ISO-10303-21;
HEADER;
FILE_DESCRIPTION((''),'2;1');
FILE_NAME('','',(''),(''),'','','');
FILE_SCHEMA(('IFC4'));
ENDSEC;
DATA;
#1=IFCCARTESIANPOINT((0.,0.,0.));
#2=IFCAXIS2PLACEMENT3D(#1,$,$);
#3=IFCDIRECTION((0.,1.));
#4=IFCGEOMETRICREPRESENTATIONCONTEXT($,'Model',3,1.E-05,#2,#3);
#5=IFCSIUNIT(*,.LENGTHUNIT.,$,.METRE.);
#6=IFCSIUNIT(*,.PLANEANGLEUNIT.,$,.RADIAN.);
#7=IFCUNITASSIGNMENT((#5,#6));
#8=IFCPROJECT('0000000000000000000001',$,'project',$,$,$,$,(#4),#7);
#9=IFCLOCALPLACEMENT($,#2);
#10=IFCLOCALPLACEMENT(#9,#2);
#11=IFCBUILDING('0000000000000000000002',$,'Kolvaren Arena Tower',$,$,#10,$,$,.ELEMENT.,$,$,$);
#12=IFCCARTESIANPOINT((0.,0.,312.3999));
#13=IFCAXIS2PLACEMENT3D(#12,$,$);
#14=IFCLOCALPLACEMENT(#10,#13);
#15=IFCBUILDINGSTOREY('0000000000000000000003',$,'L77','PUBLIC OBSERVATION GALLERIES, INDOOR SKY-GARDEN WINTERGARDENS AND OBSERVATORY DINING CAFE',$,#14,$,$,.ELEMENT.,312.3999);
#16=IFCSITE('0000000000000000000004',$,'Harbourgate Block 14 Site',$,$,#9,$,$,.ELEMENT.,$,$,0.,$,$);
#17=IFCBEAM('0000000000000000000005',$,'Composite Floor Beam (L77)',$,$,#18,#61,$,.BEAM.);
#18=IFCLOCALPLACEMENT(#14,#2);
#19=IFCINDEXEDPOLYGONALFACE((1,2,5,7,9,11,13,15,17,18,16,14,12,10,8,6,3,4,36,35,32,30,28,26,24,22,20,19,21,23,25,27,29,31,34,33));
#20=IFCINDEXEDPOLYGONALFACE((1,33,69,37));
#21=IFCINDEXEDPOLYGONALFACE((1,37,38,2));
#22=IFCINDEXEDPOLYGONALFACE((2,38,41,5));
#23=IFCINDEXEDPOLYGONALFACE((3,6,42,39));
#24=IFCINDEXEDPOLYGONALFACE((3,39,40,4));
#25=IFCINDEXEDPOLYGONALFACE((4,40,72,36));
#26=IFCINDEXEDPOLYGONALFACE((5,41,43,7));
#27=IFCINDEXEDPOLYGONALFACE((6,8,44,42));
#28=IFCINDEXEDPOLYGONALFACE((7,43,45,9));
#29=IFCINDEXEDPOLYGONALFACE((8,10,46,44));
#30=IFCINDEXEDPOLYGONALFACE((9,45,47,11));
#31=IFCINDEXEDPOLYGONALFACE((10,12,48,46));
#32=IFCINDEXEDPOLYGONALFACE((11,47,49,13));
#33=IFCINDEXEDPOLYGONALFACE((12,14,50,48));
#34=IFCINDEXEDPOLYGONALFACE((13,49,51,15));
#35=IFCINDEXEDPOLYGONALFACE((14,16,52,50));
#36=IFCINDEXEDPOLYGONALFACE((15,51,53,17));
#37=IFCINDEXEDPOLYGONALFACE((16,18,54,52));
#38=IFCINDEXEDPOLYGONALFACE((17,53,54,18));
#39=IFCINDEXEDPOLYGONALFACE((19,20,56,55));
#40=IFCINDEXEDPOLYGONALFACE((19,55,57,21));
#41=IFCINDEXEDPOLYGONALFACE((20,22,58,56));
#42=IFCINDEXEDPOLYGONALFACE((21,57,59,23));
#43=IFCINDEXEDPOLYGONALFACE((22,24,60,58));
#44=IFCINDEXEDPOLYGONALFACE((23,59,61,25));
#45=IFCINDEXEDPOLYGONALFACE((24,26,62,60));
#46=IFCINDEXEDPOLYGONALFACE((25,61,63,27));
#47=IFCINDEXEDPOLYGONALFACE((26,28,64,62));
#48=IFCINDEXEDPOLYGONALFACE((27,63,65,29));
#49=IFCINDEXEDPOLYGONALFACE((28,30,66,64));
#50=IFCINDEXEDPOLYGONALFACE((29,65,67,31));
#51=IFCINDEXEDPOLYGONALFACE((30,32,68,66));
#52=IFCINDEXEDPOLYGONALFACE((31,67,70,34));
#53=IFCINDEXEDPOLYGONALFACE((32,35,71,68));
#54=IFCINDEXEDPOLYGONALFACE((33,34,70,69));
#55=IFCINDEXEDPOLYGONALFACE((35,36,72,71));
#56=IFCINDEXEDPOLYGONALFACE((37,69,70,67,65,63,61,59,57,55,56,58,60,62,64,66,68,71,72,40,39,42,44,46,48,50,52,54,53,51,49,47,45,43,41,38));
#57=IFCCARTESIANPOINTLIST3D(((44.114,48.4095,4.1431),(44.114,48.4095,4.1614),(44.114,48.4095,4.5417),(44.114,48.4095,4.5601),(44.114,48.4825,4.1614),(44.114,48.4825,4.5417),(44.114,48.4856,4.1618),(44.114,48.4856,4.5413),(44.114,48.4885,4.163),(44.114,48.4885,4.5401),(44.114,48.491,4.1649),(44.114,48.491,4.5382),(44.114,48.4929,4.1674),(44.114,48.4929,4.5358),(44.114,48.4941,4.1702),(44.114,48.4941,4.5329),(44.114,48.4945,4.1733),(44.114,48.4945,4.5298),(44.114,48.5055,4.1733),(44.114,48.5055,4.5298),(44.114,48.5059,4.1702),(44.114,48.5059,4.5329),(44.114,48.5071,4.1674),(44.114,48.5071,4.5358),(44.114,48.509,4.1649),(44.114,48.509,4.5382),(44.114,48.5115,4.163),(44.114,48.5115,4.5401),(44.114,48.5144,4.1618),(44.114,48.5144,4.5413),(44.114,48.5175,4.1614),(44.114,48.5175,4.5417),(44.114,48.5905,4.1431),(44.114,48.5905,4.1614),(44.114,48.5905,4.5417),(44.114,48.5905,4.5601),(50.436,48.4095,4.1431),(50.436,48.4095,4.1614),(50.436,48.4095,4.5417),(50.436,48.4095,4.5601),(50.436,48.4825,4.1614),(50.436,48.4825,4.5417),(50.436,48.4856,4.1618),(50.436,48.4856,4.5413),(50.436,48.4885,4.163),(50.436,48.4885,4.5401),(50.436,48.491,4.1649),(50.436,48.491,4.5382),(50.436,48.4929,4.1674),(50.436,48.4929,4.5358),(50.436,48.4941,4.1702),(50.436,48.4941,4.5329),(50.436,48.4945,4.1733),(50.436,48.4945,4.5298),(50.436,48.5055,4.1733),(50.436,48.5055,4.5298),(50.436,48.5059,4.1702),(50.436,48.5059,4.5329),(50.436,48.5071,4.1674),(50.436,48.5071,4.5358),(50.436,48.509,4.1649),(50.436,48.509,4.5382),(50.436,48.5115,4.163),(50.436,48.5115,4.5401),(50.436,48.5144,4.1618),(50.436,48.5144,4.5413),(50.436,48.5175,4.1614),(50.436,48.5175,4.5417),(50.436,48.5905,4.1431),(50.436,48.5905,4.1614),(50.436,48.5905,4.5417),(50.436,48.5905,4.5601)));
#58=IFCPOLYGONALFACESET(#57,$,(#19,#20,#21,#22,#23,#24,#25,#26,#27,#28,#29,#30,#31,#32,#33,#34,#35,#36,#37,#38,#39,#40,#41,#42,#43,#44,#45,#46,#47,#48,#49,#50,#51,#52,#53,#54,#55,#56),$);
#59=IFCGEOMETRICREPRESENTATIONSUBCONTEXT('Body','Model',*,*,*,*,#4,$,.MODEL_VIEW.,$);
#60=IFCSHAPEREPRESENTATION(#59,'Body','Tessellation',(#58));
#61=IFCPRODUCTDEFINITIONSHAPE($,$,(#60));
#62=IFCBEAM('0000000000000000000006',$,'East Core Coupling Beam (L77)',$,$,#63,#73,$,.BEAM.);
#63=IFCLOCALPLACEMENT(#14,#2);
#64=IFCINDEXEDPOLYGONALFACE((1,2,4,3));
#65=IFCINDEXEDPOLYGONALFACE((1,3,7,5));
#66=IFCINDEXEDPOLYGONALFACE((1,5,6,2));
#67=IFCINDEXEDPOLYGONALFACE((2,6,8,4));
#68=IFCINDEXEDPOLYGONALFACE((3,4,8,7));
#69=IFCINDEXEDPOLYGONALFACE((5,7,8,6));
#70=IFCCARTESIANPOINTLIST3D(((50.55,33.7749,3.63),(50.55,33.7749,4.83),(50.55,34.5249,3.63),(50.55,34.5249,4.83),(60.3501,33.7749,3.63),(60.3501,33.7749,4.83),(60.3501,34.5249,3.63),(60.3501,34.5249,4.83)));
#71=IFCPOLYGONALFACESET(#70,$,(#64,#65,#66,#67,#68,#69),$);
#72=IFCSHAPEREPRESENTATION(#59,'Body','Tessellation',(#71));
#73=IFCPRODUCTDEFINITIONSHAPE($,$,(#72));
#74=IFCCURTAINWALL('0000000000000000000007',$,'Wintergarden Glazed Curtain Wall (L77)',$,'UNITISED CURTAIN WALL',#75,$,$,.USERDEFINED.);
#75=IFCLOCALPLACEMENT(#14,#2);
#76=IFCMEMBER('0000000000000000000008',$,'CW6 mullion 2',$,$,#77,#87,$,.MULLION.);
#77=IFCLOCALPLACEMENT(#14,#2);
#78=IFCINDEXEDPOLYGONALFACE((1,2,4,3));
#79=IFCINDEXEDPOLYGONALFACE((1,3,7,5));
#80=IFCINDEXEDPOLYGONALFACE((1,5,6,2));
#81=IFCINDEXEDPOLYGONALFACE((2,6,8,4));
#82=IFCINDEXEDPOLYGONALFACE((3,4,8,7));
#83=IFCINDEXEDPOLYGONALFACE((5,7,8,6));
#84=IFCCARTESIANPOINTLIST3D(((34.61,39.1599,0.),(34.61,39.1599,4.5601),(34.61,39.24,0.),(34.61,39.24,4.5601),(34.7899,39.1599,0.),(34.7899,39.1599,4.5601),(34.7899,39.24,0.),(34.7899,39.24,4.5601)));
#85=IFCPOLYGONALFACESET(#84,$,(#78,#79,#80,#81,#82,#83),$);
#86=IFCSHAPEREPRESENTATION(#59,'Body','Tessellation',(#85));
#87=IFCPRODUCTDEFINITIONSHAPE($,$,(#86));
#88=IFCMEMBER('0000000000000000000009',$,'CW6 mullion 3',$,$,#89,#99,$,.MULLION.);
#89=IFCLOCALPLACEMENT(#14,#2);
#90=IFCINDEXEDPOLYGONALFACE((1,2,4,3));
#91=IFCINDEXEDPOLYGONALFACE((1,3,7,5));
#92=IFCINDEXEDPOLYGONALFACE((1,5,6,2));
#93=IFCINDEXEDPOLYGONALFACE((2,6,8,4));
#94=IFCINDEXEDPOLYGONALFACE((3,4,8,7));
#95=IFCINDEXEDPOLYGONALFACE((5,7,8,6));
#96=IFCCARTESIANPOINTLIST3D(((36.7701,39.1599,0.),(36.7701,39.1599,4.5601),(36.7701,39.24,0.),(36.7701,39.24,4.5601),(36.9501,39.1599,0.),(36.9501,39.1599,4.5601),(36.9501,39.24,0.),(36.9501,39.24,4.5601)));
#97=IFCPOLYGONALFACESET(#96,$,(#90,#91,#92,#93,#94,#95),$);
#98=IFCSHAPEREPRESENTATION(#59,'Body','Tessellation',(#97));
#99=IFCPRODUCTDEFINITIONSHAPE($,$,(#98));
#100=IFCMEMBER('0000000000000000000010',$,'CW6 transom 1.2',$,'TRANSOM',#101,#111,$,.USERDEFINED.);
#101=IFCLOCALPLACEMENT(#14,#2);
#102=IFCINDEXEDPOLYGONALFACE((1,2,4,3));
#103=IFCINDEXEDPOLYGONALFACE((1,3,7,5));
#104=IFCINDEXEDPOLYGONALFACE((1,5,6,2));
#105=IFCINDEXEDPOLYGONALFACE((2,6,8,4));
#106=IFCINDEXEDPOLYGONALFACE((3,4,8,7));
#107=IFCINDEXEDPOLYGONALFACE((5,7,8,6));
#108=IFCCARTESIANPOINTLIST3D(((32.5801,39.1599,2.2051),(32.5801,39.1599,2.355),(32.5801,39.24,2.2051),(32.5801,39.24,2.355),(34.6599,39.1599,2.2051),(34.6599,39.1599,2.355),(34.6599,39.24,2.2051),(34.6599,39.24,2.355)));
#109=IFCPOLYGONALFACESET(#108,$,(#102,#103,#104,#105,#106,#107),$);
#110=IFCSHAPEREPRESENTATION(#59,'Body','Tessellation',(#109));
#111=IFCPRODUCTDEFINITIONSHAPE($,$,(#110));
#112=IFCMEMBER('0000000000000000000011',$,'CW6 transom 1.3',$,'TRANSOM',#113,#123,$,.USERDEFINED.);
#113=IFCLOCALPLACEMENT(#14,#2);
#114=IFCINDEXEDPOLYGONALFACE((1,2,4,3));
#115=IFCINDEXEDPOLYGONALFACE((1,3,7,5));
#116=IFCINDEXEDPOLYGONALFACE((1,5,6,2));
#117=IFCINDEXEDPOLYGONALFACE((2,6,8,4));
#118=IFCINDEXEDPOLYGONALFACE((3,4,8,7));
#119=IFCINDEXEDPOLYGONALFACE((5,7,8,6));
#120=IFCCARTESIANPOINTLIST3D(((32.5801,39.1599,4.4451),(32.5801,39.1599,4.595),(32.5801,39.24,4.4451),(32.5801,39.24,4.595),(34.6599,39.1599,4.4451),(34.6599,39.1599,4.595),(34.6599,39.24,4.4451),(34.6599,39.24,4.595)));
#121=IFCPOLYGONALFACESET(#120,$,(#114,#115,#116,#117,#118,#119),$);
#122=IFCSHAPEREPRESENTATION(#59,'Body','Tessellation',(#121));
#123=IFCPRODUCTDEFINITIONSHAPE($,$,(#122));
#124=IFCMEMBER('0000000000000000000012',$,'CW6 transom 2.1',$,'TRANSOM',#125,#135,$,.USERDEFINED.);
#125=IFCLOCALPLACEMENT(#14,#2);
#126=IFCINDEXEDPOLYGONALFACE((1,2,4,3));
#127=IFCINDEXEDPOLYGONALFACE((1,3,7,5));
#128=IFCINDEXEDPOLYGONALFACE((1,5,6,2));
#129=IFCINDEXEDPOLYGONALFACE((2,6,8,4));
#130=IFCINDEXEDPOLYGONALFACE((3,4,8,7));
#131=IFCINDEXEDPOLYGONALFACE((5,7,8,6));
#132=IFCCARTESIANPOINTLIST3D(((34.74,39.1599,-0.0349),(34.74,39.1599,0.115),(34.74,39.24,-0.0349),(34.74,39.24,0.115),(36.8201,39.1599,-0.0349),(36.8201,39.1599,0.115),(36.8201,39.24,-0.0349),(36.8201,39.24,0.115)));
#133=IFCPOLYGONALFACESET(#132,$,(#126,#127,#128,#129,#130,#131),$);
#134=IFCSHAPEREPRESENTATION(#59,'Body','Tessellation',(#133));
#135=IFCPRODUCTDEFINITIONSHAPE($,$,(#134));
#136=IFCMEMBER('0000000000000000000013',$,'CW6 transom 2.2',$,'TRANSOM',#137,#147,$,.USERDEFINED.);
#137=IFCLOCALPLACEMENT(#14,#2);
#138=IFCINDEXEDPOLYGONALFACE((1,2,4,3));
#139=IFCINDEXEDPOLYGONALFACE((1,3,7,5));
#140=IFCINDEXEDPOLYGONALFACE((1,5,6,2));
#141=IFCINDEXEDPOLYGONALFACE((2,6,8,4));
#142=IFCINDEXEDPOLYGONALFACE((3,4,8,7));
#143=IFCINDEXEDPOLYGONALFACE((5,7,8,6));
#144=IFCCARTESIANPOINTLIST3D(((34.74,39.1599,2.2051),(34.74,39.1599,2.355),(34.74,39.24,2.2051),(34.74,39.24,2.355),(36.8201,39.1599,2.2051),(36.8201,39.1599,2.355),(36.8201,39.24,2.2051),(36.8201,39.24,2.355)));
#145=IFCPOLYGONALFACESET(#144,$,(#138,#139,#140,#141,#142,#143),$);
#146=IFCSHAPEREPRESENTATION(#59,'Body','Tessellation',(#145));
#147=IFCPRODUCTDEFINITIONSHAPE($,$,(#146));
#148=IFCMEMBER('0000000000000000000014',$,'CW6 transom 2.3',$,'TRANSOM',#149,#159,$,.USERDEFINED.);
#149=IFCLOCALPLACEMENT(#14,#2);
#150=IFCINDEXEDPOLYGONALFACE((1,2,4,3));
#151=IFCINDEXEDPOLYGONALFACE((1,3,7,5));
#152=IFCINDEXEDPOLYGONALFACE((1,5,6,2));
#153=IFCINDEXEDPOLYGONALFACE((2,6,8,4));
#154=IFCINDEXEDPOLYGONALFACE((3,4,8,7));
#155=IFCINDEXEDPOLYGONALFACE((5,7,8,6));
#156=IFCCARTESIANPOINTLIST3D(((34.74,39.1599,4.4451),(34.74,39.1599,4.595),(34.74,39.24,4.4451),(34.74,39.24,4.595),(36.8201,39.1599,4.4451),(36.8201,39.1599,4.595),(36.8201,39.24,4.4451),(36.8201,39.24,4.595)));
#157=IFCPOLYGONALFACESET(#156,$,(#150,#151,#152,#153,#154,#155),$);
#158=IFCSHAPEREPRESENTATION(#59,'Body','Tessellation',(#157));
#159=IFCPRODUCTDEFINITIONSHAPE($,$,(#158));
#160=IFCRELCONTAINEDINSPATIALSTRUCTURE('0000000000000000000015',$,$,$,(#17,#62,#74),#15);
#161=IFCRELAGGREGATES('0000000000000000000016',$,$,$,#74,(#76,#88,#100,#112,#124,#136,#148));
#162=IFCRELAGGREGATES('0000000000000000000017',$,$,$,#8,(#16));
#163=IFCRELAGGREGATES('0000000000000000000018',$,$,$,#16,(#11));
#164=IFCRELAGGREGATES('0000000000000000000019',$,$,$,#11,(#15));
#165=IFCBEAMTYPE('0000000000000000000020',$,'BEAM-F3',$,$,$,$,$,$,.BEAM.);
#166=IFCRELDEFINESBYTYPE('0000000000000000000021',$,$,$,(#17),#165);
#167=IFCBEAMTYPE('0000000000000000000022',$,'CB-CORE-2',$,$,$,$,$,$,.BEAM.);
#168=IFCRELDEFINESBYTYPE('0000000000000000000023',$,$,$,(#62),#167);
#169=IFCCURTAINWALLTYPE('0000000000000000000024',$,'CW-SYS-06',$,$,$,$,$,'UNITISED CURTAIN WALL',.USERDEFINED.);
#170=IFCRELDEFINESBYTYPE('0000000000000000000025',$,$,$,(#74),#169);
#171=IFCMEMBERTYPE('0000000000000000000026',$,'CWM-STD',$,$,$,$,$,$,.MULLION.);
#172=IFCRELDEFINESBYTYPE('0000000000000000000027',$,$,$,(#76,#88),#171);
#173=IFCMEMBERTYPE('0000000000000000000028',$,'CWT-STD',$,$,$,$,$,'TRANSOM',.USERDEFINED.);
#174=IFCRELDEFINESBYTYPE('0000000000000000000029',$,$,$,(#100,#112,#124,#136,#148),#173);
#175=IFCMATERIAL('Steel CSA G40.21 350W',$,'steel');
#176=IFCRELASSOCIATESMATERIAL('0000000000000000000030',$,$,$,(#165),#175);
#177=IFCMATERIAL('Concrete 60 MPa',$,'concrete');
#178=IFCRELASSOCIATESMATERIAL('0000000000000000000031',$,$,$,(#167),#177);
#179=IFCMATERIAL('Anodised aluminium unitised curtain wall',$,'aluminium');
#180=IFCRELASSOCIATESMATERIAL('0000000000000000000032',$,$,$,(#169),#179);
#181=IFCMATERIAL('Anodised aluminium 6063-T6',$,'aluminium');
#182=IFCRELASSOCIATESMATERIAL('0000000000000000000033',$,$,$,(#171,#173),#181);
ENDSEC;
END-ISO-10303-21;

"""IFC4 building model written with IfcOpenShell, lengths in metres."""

from ifc_helpers import new_model, si_unit, direction, frame, origin, origin_2d, place, context, subcontext, project, spatial, rectangle, i_section, extrude, material, material_profile, profile_set, type_object, element, aggregate, save


model = new_model("IFC4")

# Units and contexts
model_context = context("Model", 3, precision=1e-05, world=origin(), true_north=direction((0.0, 1.0)))
body_context = subcontext(model_context, "Body", "Model", "MODEL_VIEW")
ifc_project = project(units=[si_unit("LENGTHUNIT", "METRE"), si_unit("PLANEANGLEUNIT", "RADIAN")], contexts=[model_context])

# Site, building, storey
site_placement = place(None, origin())
site = spatial("IfcSite", under=ifc_project, at=site_placement, Name="Harbourgate Block 14 Site", CompositionType="ELEMENT", RefElevation=0.0)
building_placement = place(site_placement, origin())
building = spatial("IfcBuilding", under=site, at=building_placement, Name="Kolvaren Arena Tower", CompositionType="ELEMENT")
storey_placement = place(building_placement, frame((0.0, 0.0, 312.3999)))
storey = spatial("IfcBuildingStorey", under=building, at=storey_placement, Name="L77", Description="PUBLIC OBSERVATION GALLERIES, INDOOR SKY-GARDEN WINTERGARDENS AND OBSERVATORY DINING CAFE", CompositionType="ELEMENT", Elevation=312.3999)

# Beams
ifc_material_1 = material(Name="Steel CSA G40.21 350W", Category="steel")
ifc_material_profile_1 = material_profile(ifc_material_1, i_section(OverallWidth=0.1809, OverallDepth=0.417, WebThickness=0.011, FlangeThickness=0.0183, FilletRadius=0.012, at=origin_2d()), Name="W410x85")
ifc_profile_set_1 = profile_set([ifc_material_profile_1], Name="Steel CSA G40.21 350W")
beam_type_1 = type_object("IfcBeamType", Name="BEAM-F3", PredefinedType="BEAM", material=ifc_profile_set_1)
beam_1_placement = place(storey_placement, frame((44.114, 48.5, 4.3516), z_axis=(1.0, 0.0, 0.0), x_axis=(0.0, 1.0, 0.0)))
element("IfcBeam", 1, at=beam_1_placement, inside=storey, type_object=beam_type_1, Name="Composite Floor Beam (L77)", PredefinedType="BEAM", context=body_context, shape_type="SweptSolid", body=[
    extrude(i_section(OverallWidth=0.1809, OverallDepth=0.417, WebThickness=0.011, FlangeThickness=0.0183, FilletRadius=0.012, at=origin_2d()), origin(), (0.0, 0.0, 1.0), 6.322),
])
ifc_material_2 = material(Name="Concrete 60 MPa", Category="concrete")
ifc_material_profile_2 = material_profile(ifc_material_2, rectangle(XDim=0.75, YDim=1.2, at=origin_2d()), Name="RC-750x1200")
ifc_profile_set_2 = profile_set([ifc_material_profile_2], Name="Concrete 60 MPa")
beam_type_2 = type_object("IfcBeamType", Name="CB-CORE-2", PredefinedType="BEAM", material=ifc_profile_set_2)
beam_2_placement = place(storey_placement, frame((50.55, 34.1499, 4.23), z_axis=(1.0, 0.0, 0.0), x_axis=(0.0, 1.0, 0.0)))
element("IfcBeam", 2, at=beam_2_placement, inside=storey, type_object=beam_type_2, Name="East Core Coupling Beam (L77)", PredefinedType="BEAM", context=body_context, shape_type="SweptSolid", body=[
    extrude(rectangle(XDim=0.75, YDim=1.2, at=origin_2d()), origin(), (0.0, 0.0, 1.0), 9.8),
])

# Curtain wall, members
ifc_material_3 = material(Name="Anodised aluminium unitised curtain wall", Category="aluminium")
curtain_wall_type = type_object("IfcCurtainWallType", Name="CW-SYS-06", ElementType="UNITISED CURTAIN WALL", PredefinedType="USERDEFINED", material=ifc_material_3)
curtain_wall_placement = place(storey_placement, origin())
curtain_wall = element("IfcCurtainWall", 3, at=curtain_wall_placement, inside=storey, type_object=curtain_wall_type, Name="Wintergarden Glazed Curtain Wall (L77)", ObjectType="UNITISED CURTAIN WALL", PredefinedType="USERDEFINED")
ifc_material_4 = material(Name="Anodised aluminium 6063-T6", Category="aluminium")
ifc_material_profile_3 = material_profile(ifc_material_4, rectangle(XDim=0.0801, YDim=0.1799, at=origin_2d()), Name="ALU-80x180")
ifc_profile_set_3 = profile_set([ifc_material_profile_3], Name="Anodised aluminium 6063-T6")
member_type_1 = type_object("IfcMemberType", Name="CWM-STD", PredefinedType="MULLION", material=ifc_profile_set_3)
member_1_placement = place(storey_placement, frame((34.7, 39.2, 0.0), z_axis=(0.0, 0.0, 1.0), x_axis=(0.0, 1.0, 0.0)))
member_1 = element("IfcMember", 4, at=member_1_placement, type_object=member_type_1, Name="CW6 mullion 2", PredefinedType="MULLION", context=body_context, shape_type="SweptSolid", body=[
    extrude(rectangle(XDim=0.0801, YDim=0.1799, at=origin_2d()), origin(), (0.0, 0.0, 1.0), 4.5601),
])
member_2_placement = place(storey_placement, frame((36.8601, 39.2, 0.0), z_axis=(0.0, 0.0, 1.0), x_axis=(0.0, 1.0, 0.0)))
member_2 = element("IfcMember", 5, at=member_2_placement, type_object=member_type_1, Name="CW6 mullion 3", PredefinedType="MULLION", context=body_context, shape_type="SweptSolid", body=[
    extrude(rectangle(XDim=0.0801, YDim=0.1799, at=origin_2d()), origin(), (0.0, 0.0, 1.0), 4.5601),
])
ifc_material_profile_4 = material_profile(ifc_material_4, rectangle(XDim=0.0801, YDim=0.1499, at=origin_2d()), Name="ALU-80x150")
ifc_profile_set_4 = profile_set([ifc_material_profile_4], Name="Anodised aluminium 6063-T6")
member_type_2 = type_object("IfcMemberType", Name="CWT-STD", ElementType="TRANSOM", PredefinedType="USERDEFINED", material=ifc_profile_set_4)
member_3_placement = place(storey_placement, frame((32.5801, 39.2, 2.28), z_axis=(1.0, 0.0, 0.0), x_axis=(0.0, 1.0, 0.0)))
member_3 = element("IfcMember", 6, at=member_3_placement, type_object=member_type_2, Name="CW6 transom 1.2", ObjectType="TRANSOM", PredefinedType="USERDEFINED", context=body_context, shape_type="SweptSolid", body=[
    extrude(rectangle(XDim=0.0801, YDim=0.1499, at=origin_2d()), origin(), (0.0, 0.0, 1.0), 2.0798),
])
member_4_placement = place(storey_placement, frame((32.5801, 39.2, 4.52), z_axis=(1.0, 0.0, 0.0), x_axis=(0.0, 1.0, 0.0)))
member_4 = element("IfcMember", 7, at=member_4_placement, type_object=member_type_2, Name="CW6 transom 1.3", ObjectType="TRANSOM", PredefinedType="USERDEFINED", context=body_context, shape_type="SweptSolid", body=[
    extrude(rectangle(XDim=0.0801, YDim=0.1499, at=origin_2d()), origin(), (0.0, 0.0, 1.0), 2.0798),
])
member_5_placement = place(storey_placement, frame((34.74, 39.2, 0.04), z_axis=(1.0, 0.0, 0.0), x_axis=(0.0, 1.0, 0.0)))
member_5 = element("IfcMember", 8, at=member_5_placement, type_object=member_type_2, Name="CW6 transom 2.1", ObjectType="TRANSOM", PredefinedType="USERDEFINED", context=body_context, shape_type="SweptSolid", body=[
    extrude(rectangle(XDim=0.0801, YDim=0.1499, at=origin_2d()), origin(), (0.0, 0.0, 1.0), 2.0801),
])
member_6_placement = place(storey_placement, frame((34.74, 39.2, 2.28), z_axis=(1.0, 0.0, 0.0), x_axis=(0.0, 1.0, 0.0)))
member_6 = element("IfcMember", 9, at=member_6_placement, type_object=member_type_2, Name="CW6 transom 2.2", ObjectType="TRANSOM", PredefinedType="USERDEFINED", context=body_context, shape_type="SweptSolid", body=[
    extrude(rectangle(XDim=0.0801, YDim=0.1499, at=origin_2d()), origin(), (0.0, 0.0, 1.0), 2.0801),
])
member_7_placement = place(storey_placement, frame((34.74, 39.2, 4.52), z_axis=(1.0, 0.0, 0.0), x_axis=(0.0, 1.0, 0.0)))
member_7 = element("IfcMember", 10, at=member_7_placement, type_object=member_type_2, Name="CW6 transom 2.3", ObjectType="TRANSOM", PredefinedType="USERDEFINED", context=body_context, shape_type="SweptSolid", body=[
    extrude(rectangle(XDim=0.0801, YDim=0.1499, at=origin_2d()), origin(), (0.0, 0.0, 1.0), 2.0801),
])

aggregate(curtain_wall, [member_1, member_2, member_3, member_4, member_5, member_6, member_7])

save(model, "model.ifc")
